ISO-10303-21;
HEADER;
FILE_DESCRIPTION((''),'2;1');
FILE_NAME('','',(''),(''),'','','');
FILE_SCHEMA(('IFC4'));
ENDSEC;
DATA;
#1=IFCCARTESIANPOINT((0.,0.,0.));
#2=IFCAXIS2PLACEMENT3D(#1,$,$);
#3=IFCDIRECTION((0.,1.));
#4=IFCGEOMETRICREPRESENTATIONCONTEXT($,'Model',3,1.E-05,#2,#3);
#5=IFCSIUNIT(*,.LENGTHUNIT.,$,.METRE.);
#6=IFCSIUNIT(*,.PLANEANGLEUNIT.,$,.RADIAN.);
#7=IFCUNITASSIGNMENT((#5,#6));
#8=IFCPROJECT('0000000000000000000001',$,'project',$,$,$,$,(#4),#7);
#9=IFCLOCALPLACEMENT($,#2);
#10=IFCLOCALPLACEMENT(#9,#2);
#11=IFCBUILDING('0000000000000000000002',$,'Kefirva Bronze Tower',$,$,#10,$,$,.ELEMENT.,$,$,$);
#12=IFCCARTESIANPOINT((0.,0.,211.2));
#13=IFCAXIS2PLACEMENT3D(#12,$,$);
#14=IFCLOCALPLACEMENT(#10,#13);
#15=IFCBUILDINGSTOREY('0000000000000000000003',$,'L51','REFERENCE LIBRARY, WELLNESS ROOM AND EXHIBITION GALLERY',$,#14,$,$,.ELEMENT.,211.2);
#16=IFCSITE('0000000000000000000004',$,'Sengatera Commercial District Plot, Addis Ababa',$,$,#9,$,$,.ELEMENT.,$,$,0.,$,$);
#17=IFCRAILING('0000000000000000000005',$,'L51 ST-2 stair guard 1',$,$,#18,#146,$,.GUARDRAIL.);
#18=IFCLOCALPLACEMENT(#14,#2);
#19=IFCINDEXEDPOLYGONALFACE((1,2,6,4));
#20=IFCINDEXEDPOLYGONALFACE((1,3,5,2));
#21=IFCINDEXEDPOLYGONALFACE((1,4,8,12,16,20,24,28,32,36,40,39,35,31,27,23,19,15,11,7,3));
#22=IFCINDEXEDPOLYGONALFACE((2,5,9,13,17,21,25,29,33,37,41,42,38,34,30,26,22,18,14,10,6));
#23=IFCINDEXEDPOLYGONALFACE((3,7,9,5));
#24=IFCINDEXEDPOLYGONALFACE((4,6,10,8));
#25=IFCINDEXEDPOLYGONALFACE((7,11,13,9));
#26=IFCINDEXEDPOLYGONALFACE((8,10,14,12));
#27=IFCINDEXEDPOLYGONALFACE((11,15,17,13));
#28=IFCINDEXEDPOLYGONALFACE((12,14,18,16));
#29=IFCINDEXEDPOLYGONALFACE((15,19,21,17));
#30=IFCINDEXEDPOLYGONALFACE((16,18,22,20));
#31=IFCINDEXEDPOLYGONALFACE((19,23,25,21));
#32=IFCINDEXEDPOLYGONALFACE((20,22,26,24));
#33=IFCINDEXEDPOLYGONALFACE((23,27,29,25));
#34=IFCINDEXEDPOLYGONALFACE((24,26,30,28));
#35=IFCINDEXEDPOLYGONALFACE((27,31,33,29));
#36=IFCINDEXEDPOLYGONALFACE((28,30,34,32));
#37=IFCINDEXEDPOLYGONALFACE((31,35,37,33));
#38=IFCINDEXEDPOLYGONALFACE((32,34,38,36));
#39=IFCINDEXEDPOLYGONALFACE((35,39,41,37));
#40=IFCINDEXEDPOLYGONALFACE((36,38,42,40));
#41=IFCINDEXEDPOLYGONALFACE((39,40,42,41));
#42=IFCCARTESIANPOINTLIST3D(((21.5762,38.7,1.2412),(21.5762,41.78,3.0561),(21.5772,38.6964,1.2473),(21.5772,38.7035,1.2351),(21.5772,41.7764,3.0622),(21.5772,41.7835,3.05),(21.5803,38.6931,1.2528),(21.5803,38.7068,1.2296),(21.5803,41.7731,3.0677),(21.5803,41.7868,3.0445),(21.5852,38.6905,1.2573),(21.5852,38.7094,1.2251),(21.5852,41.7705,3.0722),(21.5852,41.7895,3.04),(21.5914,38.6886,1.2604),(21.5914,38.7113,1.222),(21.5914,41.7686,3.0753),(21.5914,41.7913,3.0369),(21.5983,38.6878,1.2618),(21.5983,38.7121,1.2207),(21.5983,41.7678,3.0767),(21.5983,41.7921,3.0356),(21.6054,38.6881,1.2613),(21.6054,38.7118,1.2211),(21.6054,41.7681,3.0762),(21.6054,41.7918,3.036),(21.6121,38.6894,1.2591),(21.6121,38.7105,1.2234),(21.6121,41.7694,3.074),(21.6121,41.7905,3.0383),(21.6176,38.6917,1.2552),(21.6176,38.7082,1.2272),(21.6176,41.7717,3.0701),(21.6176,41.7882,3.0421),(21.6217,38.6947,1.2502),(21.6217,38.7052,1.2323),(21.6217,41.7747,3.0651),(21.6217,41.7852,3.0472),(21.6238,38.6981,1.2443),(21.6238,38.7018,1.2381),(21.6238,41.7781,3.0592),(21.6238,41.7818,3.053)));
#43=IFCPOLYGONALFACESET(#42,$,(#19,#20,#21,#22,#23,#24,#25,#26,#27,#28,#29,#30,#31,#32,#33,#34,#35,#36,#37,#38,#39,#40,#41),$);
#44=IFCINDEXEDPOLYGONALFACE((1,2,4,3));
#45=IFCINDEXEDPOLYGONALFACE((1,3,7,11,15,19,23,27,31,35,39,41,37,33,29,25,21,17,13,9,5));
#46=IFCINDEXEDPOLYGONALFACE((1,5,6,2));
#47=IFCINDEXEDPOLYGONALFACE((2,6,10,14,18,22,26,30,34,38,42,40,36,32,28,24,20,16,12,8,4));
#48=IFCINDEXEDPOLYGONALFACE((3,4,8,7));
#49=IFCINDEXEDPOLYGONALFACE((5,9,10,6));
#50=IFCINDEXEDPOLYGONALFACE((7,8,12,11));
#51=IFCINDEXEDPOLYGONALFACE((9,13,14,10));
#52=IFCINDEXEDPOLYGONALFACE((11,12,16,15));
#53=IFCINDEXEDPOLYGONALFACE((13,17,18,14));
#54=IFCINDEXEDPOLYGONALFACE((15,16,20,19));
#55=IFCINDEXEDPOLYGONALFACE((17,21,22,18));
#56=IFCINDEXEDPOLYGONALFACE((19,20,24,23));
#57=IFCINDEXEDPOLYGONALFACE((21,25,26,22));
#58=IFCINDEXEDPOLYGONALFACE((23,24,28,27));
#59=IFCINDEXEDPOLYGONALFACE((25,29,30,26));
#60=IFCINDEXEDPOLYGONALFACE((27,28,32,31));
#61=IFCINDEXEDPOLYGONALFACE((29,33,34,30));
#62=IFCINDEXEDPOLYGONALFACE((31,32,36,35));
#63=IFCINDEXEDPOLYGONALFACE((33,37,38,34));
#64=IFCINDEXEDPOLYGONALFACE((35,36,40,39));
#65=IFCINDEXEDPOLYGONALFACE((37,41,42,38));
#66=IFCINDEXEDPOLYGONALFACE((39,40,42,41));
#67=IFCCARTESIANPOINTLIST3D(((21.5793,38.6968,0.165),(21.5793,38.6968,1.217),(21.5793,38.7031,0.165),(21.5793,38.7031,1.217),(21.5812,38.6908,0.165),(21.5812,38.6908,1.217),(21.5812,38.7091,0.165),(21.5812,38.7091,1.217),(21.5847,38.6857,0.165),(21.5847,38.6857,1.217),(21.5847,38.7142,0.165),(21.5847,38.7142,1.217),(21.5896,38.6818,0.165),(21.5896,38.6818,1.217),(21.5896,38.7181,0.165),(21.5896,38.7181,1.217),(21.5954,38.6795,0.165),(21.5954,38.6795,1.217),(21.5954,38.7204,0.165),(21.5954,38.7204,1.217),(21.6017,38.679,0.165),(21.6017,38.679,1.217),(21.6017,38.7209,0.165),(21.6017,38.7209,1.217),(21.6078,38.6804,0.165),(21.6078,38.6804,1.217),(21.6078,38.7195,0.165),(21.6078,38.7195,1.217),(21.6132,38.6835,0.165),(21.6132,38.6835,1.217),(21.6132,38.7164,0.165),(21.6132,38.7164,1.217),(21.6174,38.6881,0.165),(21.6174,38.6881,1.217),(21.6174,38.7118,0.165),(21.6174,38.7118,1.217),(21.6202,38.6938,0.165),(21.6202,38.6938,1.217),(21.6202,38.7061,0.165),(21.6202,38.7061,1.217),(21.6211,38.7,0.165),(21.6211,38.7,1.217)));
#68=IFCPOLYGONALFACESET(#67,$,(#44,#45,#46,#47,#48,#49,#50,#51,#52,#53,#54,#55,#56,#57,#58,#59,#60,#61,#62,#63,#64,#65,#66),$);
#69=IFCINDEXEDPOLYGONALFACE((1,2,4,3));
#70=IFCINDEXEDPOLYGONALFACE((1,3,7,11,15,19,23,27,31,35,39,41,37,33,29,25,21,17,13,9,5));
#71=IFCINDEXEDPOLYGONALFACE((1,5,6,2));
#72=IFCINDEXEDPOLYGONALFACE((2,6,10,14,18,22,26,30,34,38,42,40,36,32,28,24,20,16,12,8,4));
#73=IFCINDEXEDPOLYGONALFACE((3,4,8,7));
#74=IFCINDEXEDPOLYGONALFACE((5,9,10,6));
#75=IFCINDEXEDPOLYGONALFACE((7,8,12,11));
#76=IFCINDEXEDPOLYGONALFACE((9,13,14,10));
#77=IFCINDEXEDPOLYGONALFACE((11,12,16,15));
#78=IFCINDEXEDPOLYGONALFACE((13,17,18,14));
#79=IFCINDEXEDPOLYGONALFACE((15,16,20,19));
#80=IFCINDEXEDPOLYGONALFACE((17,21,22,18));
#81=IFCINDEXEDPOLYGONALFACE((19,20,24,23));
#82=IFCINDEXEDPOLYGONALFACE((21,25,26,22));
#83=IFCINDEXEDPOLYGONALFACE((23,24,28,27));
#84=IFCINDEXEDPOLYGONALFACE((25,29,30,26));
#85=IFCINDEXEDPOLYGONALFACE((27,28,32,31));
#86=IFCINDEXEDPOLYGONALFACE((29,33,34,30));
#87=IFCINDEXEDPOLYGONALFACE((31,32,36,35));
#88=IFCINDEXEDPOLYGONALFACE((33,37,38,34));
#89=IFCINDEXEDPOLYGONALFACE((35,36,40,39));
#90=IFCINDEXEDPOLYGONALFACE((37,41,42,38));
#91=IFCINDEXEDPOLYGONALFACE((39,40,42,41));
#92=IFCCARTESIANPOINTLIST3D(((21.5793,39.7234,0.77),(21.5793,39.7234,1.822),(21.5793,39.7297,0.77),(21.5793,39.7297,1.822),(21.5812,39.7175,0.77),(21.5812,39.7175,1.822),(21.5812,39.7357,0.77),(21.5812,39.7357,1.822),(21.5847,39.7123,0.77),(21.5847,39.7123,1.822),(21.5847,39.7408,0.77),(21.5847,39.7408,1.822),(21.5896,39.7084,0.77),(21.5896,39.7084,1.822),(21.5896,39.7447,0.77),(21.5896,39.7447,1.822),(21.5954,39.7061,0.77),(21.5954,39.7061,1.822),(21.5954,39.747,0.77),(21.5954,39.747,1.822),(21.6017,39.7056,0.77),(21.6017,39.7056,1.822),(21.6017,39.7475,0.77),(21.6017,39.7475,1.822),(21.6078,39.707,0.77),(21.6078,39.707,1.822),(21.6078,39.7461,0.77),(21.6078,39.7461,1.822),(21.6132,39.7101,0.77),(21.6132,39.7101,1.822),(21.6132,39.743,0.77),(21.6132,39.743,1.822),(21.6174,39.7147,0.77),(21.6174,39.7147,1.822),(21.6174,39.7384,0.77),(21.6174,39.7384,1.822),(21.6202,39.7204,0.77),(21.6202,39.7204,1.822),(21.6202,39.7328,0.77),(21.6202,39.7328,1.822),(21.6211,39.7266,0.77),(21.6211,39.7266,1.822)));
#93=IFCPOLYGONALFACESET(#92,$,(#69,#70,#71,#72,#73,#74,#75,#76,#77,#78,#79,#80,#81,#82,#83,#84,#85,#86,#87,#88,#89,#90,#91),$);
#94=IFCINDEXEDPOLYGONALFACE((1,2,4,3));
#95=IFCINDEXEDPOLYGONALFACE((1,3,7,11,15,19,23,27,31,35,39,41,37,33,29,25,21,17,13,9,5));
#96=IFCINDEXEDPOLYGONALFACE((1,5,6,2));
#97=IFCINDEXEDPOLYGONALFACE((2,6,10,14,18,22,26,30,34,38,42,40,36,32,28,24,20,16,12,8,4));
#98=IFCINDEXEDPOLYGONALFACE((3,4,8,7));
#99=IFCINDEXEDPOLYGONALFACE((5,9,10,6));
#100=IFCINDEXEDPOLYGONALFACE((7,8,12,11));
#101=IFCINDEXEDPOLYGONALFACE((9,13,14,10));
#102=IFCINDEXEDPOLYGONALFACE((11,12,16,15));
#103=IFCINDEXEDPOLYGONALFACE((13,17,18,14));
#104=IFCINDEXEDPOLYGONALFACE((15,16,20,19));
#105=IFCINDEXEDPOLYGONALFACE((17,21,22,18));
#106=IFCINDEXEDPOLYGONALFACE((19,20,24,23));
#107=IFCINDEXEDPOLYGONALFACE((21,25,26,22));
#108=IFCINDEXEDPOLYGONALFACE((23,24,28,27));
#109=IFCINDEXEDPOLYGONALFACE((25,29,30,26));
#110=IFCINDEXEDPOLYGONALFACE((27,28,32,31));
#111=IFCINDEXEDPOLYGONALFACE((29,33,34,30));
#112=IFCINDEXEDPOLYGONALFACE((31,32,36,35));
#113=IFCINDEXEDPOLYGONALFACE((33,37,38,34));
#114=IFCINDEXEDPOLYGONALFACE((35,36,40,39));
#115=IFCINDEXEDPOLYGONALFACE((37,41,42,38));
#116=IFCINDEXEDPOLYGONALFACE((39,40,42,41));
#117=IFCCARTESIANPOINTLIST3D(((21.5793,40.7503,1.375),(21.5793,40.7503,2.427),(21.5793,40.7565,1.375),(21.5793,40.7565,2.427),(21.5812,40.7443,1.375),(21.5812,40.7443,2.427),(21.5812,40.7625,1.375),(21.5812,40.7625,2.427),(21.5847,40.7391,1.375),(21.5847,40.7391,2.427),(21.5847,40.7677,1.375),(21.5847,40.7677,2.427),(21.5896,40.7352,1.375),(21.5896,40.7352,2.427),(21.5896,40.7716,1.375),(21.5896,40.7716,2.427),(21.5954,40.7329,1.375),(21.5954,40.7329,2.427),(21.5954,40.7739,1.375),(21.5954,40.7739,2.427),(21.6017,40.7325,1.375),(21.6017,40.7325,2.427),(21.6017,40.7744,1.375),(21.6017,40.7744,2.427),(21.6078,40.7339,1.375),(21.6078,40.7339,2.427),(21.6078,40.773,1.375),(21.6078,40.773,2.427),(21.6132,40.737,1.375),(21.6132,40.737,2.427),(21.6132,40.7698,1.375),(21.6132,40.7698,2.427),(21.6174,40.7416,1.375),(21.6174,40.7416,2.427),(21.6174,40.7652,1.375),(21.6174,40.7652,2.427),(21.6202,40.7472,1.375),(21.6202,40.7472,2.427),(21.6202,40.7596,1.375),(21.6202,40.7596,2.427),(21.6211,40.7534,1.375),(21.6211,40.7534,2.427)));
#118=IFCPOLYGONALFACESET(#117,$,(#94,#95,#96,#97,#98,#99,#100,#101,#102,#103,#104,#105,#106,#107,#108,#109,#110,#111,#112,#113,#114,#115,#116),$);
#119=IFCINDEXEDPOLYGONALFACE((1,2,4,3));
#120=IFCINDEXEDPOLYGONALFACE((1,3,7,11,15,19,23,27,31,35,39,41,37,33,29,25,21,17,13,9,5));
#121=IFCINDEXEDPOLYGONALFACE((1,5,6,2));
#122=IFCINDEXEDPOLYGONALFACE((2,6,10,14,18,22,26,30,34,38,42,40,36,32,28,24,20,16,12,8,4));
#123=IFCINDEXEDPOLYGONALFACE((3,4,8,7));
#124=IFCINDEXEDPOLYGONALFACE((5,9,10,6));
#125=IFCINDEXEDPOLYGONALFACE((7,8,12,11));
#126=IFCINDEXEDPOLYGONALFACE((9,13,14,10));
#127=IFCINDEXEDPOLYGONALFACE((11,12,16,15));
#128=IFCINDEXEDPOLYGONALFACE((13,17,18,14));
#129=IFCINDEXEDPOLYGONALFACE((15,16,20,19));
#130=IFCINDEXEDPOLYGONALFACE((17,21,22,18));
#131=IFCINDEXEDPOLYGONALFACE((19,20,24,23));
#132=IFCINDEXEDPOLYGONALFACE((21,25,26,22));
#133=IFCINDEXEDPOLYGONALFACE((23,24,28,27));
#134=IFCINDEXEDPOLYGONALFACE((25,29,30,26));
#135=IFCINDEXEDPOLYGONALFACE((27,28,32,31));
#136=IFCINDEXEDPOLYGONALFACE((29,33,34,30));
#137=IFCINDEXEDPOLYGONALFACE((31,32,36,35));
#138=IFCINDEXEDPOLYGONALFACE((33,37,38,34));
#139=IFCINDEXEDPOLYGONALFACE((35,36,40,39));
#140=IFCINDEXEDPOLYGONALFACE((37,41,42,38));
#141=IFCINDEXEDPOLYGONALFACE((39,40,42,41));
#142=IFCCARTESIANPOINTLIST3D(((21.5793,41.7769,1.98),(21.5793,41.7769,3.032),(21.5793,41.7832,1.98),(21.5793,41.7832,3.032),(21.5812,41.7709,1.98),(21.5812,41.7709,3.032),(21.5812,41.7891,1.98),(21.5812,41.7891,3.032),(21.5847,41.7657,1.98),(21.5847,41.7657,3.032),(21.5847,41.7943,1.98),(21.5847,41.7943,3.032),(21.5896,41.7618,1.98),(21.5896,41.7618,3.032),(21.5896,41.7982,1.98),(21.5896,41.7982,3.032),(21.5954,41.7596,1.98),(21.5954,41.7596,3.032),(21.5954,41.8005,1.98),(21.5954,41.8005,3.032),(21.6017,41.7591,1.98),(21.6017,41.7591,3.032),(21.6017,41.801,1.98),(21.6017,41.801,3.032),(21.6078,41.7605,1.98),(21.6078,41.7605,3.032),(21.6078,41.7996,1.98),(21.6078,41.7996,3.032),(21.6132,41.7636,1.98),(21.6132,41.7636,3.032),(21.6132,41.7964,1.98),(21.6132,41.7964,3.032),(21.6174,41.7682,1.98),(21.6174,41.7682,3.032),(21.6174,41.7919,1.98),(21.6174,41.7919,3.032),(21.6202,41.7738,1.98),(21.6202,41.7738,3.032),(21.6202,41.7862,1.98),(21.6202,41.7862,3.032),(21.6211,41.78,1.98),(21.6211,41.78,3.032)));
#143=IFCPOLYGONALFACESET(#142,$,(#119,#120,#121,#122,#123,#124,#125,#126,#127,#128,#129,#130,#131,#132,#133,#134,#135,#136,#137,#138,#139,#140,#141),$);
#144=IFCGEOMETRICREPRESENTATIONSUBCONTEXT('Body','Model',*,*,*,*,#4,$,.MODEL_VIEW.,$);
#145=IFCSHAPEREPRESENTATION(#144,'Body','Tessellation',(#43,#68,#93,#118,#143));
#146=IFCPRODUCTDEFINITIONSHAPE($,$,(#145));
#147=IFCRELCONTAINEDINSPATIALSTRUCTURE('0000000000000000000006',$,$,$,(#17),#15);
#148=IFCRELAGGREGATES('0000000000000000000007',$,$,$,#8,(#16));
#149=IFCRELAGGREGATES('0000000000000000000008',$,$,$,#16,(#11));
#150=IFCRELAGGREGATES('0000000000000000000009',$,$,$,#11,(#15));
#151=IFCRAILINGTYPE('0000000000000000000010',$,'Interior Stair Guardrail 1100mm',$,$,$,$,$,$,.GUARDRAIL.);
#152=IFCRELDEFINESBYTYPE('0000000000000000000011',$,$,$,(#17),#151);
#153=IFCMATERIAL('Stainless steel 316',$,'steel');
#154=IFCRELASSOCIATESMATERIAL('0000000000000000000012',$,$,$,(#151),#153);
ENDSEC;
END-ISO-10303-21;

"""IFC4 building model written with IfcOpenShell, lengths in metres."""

from ifc_helpers import new_model, si_unit, direction, frame, origin, origin_2d, place, context, subcontext, project, spatial, circle, extrude, material, type_object, element, save


model = new_model("IFC4")

# Units and contexts
model_context = context("Model", 3, precision=1e-05, world=origin(), true_north=direction((0.0, 1.0)))
body_context = subcontext(model_context, "Body", "Model", "MODEL_VIEW")
ifc_project = project(units=[si_unit("LENGTHUNIT", "METRE"), si_unit("PLANEANGLEUNIT", "RADIAN")], contexts=[model_context])

# Site, building, storey
site_placement = place(None, origin())
site = spatial("IfcSite", under=ifc_project, at=site_placement, Name="Sengatera Commercial District Plot, Addis Ababa", CompositionType="ELEMENT", RefElevation=0.0)
building_placement = place(site_placement, origin())
building = spatial("IfcBuilding", under=site, at=building_placement, Name="Kefirva Bronze Tower", CompositionType="ELEMENT")
storey_placement = place(building_placement, frame((0.0, 0.0, 211.2)))
storey = spatial("IfcBuildingStorey", under=building, at=storey_placement, Name="L51", Description="REFERENCE LIBRARY, WELLNESS ROOM AND EXHIBITION GALLERY", CompositionType="ELEMENT", Elevation=211.2)

# Railing
ifc_material_1 = material(Name="Stainless steel 316", Category="steel")
railing_type_1 = type_object("IfcRailingType", Name="Interior Stair Guardrail 1100mm", PredefinedType="GUARDRAIL", material=ifc_material_1)
railing_1_placement = place(storey_placement, frame((21.6001, 38.7, 0.165)))
element("IfcRailing", 1, at=railing_1_placement, inside=storey, type_object=railing_type_1, Name="L51 ST-2 stair guard 1", PredefinedType="GUARDRAIL", context=body_context, shape_type="SweptSolid", body=[
    extrude(circle(Radius=0.0239, at=origin_2d()), frame((0.0, 0.0, 1.0762), z_axis=(0.0, 0.861551, 0.507671), x_axis=(-1.0, 0.0, 0.0)), (0.0, 0.0, 1.0), 3.575),
    extrude(circle(Radius=0.021, at=origin_2d()), origin(), (0.0, 0.0, 1.0), 1.052),
    extrude(circle(Radius=0.021, at=origin_2d()), frame((0.0, 1.0266, 0.605)), (0.0, 0.0, 1.0), 1.052),
    extrude(circle(Radius=0.021, at=origin_2d()), frame((0.0, 2.0535, 1.21)), (0.0, 0.0, 1.0), 1.052),
    extrude(circle(Radius=0.021, at=origin_2d()), frame((0.0, 3.0801, 1.8149)), (0.0, 0.0, 1.0), 1.052),
])

save(model, "model.ifc")
